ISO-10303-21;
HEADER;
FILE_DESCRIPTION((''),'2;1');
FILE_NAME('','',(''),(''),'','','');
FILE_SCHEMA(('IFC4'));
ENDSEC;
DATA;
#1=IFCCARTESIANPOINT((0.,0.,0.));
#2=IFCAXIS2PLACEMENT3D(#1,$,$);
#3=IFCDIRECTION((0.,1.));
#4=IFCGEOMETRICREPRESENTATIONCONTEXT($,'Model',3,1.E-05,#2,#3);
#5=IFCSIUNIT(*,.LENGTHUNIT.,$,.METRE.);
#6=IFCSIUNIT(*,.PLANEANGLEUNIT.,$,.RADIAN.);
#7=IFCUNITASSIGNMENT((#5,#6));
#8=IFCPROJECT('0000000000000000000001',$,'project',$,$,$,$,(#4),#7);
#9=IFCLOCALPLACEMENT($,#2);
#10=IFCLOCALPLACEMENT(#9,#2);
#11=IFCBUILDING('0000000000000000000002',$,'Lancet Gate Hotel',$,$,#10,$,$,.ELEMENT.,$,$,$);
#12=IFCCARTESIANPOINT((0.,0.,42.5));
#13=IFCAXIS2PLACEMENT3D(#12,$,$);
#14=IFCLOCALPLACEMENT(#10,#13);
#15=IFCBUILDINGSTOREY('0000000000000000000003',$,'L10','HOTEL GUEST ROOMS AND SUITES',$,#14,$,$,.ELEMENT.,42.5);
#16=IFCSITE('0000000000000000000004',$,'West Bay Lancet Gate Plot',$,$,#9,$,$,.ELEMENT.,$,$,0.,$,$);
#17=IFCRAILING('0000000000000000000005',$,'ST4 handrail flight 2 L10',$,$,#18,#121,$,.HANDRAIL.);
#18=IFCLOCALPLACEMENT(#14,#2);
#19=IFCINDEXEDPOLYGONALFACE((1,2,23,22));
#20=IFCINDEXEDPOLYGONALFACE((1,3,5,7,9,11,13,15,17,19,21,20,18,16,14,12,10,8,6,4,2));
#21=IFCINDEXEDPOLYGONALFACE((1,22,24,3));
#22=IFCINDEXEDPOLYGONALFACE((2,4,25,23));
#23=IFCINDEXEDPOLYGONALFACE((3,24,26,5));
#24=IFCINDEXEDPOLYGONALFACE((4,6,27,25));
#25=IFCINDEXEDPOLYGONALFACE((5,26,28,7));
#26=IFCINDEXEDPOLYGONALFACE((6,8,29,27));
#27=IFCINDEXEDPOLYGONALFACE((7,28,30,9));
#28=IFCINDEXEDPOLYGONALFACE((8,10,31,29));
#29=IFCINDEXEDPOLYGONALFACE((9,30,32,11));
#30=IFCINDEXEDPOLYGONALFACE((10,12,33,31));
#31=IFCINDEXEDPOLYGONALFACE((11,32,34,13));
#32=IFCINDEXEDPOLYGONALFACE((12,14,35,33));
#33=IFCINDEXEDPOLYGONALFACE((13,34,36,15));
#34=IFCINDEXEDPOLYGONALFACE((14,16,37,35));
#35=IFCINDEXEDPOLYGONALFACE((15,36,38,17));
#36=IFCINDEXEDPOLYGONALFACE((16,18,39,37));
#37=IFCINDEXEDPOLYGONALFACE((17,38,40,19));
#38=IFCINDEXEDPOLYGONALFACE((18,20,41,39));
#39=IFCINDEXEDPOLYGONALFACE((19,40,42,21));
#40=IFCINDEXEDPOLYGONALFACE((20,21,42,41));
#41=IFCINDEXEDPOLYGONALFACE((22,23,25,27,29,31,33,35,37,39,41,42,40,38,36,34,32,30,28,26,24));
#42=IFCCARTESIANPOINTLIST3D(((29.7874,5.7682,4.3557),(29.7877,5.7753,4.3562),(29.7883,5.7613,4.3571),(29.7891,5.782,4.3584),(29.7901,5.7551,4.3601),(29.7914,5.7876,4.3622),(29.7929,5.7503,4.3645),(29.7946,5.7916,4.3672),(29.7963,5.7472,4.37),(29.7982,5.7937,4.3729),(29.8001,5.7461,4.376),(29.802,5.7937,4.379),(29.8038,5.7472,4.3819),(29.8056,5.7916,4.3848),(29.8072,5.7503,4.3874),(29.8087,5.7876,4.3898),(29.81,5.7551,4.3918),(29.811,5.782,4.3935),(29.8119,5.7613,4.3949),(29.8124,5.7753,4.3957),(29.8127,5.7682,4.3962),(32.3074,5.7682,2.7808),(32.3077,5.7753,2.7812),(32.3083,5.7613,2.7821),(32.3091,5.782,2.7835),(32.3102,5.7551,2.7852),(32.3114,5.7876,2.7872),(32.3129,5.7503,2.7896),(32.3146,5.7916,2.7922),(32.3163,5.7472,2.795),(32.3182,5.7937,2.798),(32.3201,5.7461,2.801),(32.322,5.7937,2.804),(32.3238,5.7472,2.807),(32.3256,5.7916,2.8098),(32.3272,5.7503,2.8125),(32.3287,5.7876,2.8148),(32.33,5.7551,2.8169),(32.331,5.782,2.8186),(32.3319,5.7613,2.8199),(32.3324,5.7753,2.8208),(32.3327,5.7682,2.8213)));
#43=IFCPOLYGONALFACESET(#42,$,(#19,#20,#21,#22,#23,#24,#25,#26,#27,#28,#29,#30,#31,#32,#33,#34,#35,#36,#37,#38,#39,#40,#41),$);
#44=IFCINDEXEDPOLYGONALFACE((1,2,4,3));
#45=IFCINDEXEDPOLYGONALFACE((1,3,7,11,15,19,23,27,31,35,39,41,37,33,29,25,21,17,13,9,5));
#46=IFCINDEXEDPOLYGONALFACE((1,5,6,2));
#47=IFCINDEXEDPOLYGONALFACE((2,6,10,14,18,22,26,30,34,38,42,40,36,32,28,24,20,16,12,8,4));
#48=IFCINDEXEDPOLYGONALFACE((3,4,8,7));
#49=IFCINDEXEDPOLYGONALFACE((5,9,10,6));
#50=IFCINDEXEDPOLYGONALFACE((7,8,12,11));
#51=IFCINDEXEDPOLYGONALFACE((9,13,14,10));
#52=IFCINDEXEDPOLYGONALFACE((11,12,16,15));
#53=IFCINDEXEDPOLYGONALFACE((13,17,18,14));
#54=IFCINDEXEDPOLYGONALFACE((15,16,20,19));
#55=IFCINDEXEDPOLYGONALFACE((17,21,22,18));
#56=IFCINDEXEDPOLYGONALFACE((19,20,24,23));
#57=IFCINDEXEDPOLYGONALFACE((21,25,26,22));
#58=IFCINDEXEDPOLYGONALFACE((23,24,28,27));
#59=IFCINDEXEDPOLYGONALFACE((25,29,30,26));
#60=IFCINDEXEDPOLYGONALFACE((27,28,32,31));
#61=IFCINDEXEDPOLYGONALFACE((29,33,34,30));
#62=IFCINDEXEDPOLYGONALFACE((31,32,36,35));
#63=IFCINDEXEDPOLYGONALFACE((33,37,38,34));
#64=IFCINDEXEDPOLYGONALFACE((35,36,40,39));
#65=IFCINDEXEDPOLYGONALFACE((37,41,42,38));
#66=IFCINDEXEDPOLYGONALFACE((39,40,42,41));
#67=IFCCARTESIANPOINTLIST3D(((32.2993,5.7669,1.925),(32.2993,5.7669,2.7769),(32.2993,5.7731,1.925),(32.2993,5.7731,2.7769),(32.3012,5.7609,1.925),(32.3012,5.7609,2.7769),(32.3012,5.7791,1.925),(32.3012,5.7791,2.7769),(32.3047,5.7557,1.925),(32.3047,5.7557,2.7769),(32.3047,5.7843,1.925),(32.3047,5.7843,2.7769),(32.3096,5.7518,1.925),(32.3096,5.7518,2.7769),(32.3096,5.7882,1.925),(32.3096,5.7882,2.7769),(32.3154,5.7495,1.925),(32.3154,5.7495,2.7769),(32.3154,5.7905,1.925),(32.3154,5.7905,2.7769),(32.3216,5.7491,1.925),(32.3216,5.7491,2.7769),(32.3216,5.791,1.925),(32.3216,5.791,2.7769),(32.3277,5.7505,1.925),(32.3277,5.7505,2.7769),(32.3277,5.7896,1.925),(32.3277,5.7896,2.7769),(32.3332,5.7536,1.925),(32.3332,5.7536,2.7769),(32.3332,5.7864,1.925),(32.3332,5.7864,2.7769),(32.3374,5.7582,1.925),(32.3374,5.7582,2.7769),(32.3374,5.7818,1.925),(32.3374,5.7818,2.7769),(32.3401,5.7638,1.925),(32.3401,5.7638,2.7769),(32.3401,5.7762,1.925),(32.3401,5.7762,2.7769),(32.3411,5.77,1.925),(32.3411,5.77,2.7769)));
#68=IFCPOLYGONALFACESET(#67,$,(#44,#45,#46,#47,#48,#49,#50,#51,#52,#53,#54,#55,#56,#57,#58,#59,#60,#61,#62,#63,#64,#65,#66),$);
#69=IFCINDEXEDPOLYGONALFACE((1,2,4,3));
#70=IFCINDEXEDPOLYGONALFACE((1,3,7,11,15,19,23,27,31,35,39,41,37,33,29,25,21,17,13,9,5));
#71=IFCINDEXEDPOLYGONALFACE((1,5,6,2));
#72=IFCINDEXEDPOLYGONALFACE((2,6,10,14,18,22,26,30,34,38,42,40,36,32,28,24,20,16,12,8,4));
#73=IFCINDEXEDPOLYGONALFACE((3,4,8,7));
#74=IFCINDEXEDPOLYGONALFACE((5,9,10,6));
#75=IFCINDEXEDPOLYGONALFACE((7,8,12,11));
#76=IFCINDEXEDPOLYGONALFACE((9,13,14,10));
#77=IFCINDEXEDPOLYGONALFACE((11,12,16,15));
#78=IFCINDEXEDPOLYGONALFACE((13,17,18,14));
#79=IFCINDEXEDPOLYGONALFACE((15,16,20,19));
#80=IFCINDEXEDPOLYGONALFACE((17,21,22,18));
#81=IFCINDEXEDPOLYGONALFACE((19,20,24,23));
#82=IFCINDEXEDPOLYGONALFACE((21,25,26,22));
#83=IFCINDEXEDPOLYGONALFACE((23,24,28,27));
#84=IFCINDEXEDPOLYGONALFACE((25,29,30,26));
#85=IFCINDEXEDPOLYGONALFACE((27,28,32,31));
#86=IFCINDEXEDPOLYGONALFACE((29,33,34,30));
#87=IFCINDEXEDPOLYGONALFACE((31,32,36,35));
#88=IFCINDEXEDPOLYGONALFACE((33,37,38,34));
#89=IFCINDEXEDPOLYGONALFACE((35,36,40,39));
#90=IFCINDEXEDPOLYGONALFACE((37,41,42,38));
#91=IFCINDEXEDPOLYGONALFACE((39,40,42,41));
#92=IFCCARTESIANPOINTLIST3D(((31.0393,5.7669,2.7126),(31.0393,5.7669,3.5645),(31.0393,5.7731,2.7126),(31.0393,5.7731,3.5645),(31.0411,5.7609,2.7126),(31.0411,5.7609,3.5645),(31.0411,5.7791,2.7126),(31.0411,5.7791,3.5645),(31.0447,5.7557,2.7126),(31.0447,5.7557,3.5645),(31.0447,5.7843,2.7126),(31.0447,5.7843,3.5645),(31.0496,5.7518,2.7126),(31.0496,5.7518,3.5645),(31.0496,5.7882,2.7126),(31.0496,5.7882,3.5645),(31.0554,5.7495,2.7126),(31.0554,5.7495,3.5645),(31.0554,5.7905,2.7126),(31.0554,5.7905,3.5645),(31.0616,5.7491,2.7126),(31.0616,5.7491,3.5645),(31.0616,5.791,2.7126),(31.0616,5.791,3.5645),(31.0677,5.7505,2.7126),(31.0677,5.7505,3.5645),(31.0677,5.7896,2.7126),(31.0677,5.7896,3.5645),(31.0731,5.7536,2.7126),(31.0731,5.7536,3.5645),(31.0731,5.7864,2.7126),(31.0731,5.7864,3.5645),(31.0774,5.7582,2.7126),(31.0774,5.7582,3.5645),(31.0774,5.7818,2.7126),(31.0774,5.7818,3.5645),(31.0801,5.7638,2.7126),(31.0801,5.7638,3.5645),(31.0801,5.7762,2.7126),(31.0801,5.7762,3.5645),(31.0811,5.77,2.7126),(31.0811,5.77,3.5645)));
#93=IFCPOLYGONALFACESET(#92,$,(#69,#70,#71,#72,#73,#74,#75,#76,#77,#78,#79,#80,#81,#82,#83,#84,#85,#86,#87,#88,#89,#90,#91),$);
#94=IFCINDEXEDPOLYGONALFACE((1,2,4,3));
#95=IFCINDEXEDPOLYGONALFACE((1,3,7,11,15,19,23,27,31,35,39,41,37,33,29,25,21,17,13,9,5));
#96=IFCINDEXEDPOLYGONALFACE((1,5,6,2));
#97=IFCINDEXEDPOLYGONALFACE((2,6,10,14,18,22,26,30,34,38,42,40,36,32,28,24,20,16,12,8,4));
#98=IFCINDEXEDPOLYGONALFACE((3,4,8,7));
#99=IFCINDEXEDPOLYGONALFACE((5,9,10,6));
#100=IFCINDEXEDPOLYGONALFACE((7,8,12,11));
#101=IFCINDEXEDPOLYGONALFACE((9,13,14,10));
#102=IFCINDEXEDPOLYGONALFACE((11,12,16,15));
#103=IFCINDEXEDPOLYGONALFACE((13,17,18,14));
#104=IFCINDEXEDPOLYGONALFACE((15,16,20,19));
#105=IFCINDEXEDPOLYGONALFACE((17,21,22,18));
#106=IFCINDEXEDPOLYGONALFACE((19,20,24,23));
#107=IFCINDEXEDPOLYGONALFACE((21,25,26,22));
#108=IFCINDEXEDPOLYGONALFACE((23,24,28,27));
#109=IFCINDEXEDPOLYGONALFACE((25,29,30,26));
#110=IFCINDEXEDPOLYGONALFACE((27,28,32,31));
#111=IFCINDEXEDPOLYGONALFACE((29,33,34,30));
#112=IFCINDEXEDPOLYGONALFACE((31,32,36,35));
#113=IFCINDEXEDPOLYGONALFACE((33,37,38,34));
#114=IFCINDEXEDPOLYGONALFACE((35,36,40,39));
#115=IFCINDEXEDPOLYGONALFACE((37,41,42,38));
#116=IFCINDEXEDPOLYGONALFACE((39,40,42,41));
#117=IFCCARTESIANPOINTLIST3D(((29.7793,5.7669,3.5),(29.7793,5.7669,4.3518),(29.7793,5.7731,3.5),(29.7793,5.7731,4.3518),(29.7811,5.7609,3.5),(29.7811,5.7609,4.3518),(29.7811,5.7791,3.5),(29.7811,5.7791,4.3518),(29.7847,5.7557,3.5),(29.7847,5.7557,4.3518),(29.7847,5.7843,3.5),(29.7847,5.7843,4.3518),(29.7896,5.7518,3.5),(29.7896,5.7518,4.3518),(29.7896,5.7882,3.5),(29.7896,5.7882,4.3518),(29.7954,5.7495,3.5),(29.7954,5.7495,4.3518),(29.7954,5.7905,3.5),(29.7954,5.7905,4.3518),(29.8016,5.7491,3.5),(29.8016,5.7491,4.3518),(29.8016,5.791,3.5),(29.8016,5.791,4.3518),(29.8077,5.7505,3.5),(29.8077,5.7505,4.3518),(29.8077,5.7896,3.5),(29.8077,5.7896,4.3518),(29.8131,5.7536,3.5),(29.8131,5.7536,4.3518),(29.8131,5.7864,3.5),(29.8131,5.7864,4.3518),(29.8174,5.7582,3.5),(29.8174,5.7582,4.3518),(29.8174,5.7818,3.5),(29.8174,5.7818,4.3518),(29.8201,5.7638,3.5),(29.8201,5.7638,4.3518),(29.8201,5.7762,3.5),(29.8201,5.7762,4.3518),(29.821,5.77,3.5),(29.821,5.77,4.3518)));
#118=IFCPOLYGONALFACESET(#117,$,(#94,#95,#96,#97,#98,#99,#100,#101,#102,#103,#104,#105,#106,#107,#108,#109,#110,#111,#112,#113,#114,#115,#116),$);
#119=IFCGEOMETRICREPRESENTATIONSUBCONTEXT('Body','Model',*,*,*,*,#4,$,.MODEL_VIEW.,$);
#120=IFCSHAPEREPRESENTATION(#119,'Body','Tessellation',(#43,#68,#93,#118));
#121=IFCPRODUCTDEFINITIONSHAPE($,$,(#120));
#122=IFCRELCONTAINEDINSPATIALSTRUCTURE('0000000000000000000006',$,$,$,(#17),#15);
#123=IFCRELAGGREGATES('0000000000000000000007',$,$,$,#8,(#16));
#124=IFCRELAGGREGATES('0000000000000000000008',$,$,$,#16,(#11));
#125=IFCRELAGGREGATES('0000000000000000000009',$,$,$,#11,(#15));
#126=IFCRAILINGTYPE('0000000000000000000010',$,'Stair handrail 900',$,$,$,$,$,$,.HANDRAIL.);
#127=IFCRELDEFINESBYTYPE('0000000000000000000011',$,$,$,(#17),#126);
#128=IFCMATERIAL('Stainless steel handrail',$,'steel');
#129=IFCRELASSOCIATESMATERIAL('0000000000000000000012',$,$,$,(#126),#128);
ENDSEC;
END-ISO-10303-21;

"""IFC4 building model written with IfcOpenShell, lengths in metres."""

from ifc_helpers import new_model, si_unit, direction, frame, origin, origin_2d, place, context, subcontext, project, spatial, circle, extrude, material, type_object, element, save


model = new_model("IFC4")

# Units and contexts
model_context = context("Model", 3, precision=1e-05, world=origin(), true_north=direction((0.0, 1.0)))
body_context = subcontext(model_context, "Body", "Model", "MODEL_VIEW")
ifc_project = project(units=[si_unit("LENGTHUNIT", "METRE"), si_unit("PLANEANGLEUNIT", "RADIAN")], contexts=[model_context])

# Site, building, storey
site_placement = place(None, origin())
site = spatial("IfcSite", under=ifc_project, at=site_placement, Name="West Bay Lancet Gate Plot", CompositionType="ELEMENT", RefElevation=0.0)
building_placement = place(site_placement, origin())
building = spatial("IfcBuilding", under=site, at=building_placement, Name="Lancet Gate Hotel", CompositionType="ELEMENT")
storey_placement = place(building_placement, frame((0.0, 0.0, 42.5)))
storey = spatial("IfcBuildingStorey", under=building, at=storey_placement, Name="L10", Description="HOTEL GUEST ROOMS AND SUITES", CompositionType="ELEMENT", Elevation=42.5)

# Railing
ifc_material_1 = material(Name="Stainless steel handrail", Category="steel")
railing_type = type_object("IfcRailingType", Name="Stair handrail 900", PredefinedType="HANDRAIL", material=ifc_material_1)
railing_1_placement = place(storey_placement, frame((32.3201, 5.77, 1.925)))
element("IfcRailing", 1, at=railing_1_placement, inside=storey, type_object=railing_type, Name="ST4 handrail flight 2 L10", PredefinedType="HANDRAIL", context=body_context, shape_type="SweptSolid", body=[
    extrude(circle(Radius=0.0239, at=origin_2d()), frame((0.0, 0.0, 0.876), z_axis=(-0.848008, 0.0, 0.529984), x_axis=(0.0, -1.0, 0.0)), (0.0, 0.0, 1.0), 2.9717),
    extrude(circle(Radius=0.021, at=origin_2d()), origin(), (0.0, 0.0, 1.0), 0.8518),
    extrude(circle(Radius=0.021, at=origin_2d()), frame((-1.26, 0.0, 0.7876)), (0.0, 0.0, 1.0), 0.8518),
    extrude(circle(Radius=0.021, at=origin_2d()), frame((-2.52, 0.0, 1.575)), (0.0, 0.0, 1.0), 0.8518),
])

save(model, "model.ifc")
